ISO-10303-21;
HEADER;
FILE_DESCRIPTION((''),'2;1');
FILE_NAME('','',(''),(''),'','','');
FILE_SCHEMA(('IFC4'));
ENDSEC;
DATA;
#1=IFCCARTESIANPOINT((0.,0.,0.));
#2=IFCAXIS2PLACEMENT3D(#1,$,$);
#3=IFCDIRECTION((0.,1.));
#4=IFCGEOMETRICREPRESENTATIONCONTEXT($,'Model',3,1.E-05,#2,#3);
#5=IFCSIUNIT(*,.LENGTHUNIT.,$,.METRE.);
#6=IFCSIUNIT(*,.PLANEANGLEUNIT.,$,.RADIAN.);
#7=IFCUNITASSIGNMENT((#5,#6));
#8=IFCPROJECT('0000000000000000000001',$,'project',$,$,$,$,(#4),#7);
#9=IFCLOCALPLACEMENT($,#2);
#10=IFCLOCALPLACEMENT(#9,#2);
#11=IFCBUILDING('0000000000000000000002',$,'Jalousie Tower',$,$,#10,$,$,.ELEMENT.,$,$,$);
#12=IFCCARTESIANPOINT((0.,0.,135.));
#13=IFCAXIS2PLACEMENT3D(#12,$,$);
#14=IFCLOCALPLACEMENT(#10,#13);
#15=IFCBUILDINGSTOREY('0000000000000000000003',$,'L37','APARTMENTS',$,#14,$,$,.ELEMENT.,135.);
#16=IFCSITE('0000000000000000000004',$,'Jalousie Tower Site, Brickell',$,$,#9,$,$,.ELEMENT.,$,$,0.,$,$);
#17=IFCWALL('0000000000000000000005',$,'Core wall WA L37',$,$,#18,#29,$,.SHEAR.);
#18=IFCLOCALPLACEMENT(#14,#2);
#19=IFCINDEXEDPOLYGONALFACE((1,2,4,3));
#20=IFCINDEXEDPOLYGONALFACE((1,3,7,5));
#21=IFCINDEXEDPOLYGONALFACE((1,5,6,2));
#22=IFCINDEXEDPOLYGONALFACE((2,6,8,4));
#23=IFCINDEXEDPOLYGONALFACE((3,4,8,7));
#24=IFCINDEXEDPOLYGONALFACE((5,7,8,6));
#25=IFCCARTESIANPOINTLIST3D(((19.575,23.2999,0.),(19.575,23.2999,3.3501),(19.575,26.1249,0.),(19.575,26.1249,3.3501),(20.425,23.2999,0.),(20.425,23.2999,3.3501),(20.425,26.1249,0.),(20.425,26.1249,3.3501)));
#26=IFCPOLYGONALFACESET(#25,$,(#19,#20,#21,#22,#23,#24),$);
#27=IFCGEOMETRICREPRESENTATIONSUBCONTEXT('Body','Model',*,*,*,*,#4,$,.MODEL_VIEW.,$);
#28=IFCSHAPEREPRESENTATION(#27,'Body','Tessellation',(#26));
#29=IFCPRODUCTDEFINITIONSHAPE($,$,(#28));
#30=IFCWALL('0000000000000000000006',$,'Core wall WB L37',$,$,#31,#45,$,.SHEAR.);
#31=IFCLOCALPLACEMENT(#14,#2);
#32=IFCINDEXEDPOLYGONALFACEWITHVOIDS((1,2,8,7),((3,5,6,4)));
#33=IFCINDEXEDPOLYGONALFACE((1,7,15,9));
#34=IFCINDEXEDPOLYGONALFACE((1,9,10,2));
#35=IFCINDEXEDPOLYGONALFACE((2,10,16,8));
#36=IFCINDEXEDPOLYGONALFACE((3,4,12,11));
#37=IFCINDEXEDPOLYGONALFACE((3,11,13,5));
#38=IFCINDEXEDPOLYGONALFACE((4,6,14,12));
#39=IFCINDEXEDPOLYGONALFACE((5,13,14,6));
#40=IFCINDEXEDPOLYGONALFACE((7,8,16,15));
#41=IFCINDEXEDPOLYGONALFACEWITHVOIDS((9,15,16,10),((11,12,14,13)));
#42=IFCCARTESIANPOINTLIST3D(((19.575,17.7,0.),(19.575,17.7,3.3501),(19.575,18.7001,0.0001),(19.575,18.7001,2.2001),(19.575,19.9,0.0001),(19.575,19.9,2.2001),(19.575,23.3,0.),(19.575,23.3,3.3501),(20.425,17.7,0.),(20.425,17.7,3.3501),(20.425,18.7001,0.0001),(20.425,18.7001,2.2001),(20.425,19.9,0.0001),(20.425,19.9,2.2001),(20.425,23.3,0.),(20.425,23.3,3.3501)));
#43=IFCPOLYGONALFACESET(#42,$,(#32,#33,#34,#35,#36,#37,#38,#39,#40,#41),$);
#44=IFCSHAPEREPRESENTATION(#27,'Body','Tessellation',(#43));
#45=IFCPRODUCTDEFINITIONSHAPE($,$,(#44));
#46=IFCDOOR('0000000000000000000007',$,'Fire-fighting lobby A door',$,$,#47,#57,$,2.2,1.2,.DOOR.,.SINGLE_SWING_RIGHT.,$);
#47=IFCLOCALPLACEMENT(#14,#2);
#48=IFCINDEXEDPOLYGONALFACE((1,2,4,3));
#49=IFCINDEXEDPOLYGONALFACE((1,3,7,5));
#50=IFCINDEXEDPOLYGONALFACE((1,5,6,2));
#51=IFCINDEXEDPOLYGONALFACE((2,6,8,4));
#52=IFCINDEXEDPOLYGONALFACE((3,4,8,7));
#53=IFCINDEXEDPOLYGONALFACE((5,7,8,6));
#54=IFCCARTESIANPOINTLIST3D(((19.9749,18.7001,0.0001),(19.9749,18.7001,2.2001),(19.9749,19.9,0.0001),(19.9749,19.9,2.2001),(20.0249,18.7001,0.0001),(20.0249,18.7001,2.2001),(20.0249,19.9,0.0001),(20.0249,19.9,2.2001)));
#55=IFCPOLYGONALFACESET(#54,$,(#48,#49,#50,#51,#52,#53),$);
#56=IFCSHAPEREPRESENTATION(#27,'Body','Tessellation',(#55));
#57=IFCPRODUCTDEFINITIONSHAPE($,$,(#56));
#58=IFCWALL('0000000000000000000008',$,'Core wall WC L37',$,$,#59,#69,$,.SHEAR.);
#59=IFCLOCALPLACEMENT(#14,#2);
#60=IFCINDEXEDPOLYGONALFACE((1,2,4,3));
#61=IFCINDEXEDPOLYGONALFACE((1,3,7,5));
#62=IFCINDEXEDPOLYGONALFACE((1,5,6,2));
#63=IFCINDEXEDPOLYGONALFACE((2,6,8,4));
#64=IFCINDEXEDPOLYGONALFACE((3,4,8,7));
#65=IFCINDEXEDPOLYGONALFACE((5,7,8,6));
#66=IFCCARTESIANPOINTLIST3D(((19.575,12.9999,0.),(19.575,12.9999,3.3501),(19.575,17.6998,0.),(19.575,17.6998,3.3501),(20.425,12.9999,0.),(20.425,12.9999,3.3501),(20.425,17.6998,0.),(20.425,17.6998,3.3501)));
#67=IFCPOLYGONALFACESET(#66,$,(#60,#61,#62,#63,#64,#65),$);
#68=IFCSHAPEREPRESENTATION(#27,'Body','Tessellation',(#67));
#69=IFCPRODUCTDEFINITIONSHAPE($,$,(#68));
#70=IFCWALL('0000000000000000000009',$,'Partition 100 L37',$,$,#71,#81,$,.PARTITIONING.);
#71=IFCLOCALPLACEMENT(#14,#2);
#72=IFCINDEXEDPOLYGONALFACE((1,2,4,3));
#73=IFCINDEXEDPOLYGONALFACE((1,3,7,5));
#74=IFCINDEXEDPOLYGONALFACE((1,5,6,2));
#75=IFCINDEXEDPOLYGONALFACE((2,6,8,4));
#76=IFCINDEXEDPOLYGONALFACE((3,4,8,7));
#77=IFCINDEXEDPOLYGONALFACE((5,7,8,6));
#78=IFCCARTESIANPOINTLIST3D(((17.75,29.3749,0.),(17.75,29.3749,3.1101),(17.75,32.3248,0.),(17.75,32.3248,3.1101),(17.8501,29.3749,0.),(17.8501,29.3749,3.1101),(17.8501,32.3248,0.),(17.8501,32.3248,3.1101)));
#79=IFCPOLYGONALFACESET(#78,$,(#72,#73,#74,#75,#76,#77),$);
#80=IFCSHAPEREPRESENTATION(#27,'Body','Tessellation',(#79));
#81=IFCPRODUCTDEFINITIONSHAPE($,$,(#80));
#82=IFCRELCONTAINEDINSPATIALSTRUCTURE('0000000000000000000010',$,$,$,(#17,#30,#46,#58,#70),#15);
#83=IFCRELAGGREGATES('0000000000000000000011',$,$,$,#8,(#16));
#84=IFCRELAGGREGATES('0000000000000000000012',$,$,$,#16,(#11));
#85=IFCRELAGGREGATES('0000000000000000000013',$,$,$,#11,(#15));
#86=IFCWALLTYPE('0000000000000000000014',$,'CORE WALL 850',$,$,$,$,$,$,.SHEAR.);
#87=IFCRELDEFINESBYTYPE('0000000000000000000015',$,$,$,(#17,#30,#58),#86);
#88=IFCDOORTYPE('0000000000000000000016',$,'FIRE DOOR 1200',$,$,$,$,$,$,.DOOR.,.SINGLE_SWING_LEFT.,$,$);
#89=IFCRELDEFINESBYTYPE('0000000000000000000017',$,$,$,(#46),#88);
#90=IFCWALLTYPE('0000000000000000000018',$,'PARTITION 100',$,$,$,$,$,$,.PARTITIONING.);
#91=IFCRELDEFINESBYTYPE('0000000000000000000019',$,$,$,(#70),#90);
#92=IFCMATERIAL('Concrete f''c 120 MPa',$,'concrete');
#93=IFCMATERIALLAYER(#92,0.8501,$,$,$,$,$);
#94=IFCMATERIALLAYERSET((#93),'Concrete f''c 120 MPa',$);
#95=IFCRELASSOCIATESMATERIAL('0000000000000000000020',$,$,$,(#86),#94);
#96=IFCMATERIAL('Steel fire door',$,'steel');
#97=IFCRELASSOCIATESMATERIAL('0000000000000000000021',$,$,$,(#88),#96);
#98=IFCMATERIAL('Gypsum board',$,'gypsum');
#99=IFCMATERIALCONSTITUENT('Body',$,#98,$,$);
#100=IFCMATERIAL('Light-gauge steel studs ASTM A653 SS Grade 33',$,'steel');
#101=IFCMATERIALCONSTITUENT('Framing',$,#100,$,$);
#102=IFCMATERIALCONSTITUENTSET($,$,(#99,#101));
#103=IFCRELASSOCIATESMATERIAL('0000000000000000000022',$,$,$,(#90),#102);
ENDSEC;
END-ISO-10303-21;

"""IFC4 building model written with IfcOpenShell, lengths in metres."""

from ifc_helpers import new_model, si_unit, direction, frame, frame_2d, origin, place, context, subcontext, project, spatial, rectangle, extrude, material, layer, layer_set, constituent, constituent_set, type_object, element, fill, save


model = new_model("IFC4")

# Units and contexts
model_context = context("Model", 3, precision=1e-05, world=origin(), true_north=direction((0.0, 1.0)))
body_context = subcontext(model_context, "Body", "Model", "MODEL_VIEW")
ifc_project = project(units=[si_unit("LENGTHUNIT", "METRE"), si_unit("PLANEANGLEUNIT", "RADIAN")], contexts=[model_context])

# Site, building, storey
site_placement = place(None, origin())
site = spatial("IfcSite", under=ifc_project, at=site_placement, Name="Jalousie Tower Site, Brickell", CompositionType="ELEMENT", RefElevation=0.0)
building_placement = place(site_placement, origin())
building = spatial("IfcBuilding", under=site, at=building_placement, Name="Jalousie Tower", CompositionType="ELEMENT")
storey_placement = place(building_placement, frame((0.0, 0.0, 135.0)))
storey = spatial("IfcBuildingStorey", under=building, at=storey_placement, Name="L37", Description="APARTMENTS", CompositionType="ELEMENT", Elevation=135.0)

# Wall
ifc_material_1 = material(Name="Concrete f'c 120 MPa", Category="concrete")
ifc_layer_1 = layer(ifc_material_1, 0.8501)
ifc_layer_set_1 = layer_set([ifc_layer_1], Name="Concrete f'c 120 MPa")
wall_type_1 = type_object("IfcWallType", Name="CORE WALL 850", PredefinedType="SHEAR", material=ifc_layer_set_1)
wall_1_placement = place(storey_placement, frame((20.0, 26.125, 0.0), z_axis=(0.0, 0.0, 1.0), x_axis=(0.0, -1.0, 0.0)))
element("IfcWall", 1, at=wall_1_placement, inside=storey, type_object=wall_type_1, Name="Core wall WA L37", PredefinedType="SHEAR", context=body_context, shape_type="SweptSolid", body=[
    extrude(rectangle(XDim=2.825, YDim=0.8501, at=frame_2d((1.4126, 0.0))), origin(), (0.0, 0.0, 1.0), 3.3501),
])

# Wall, opening, door
wall_2_placement = place(storey_placement, frame((20.0, 23.3, 0.0), z_axis=(0.0, 0.0, 1.0), x_axis=(0.0, -1.0, 0.0)))
wall_2 = element("IfcWall", 2, at=wall_2_placement, inside=storey, type_object=wall_type_1, Name="Core wall WB L37", PredefinedType="SHEAR", context=body_context, shape_type="SweptSolid", body=[
    extrude(rectangle(XDim=5.6001, YDim=0.8501, at=frame_2d((2.8, 0.0))), origin(), (0.0, 0.0, 1.0), 3.3501),
])
opening_1_placement = place(wall_2_placement, frame((3.3999, 0.0, 0.0)))
opening_1 = element("IfcOpeningElement", 3, at=opening_1_placement, cuts=wall_2, PredefinedType="OPENING", context=body_context, shape_type="SweptSolid", body=[
    extrude(rectangle(XDim=1.2, YDim=2.2, at=frame_2d((0.6001, 1.1001))), frame((0.0, 0.4351, 0.0), z_axis=(0.0, -1.0, 0.0), x_axis=(1.0, 0.0, 0.0)), (0.0, 0.0, 1.0), 0.8701),
])
ifc_material_2 = material(Name="Steel fire door", Category="steel")
door_type_1 = type_object("IfcDoorType", Name="FIRE DOOR 1200", OperationType="SINGLE_SWING_LEFT", PredefinedType="DOOR", material=ifc_material_2)
door_1_placement = place(opening_1_placement, origin())
door_1 = element("IfcDoor", 4, at=door_1_placement, inside=storey, type_object=door_type_1, Name="Fire-fighting lobby A door", OperationType="SINGLE_SWING_RIGHT", OverallHeight=2.2, OverallWidth=1.2, PredefinedType="DOOR", context=body_context, shape_type="SweptSolid", body=[
    extrude(rectangle(XDim=1.2, YDim=2.2, at=frame_2d((0.6001, 1.1001))), frame((0.0, 0.0249, 0.0), z_axis=(0.0, -1.0, 0.0), x_axis=(1.0, 0.0, 0.0)), (0.0, 0.0, 1.0), 0.05),
])
fill(opening_1, door_1)

# Walls
wall_3_placement = place(storey_placement, frame((20.0, 17.7, 0.0), z_axis=(0.0, 0.0, 1.0), x_axis=(0.0, -1.0, 0.0)))
element("IfcWall", 5, at=wall_3_placement, inside=storey, type_object=wall_type_1, Name="Core wall WC L37", PredefinedType="SHEAR", context=body_context, shape_type="SweptSolid", body=[
    extrude(rectangle(XDim=4.7, YDim=0.8501, at=frame_2d((2.3501, 0.0))), origin(), (0.0, 0.0, 1.0), 3.3501),
])
ifc_material_3 = material(Name="Gypsum board", Category="gypsum")
ifc_constituent_1 = constituent(ifc_material_3, Name="Body")
ifc_material_4 = material(Name="Light-gauge steel studs ASTM A653 SS Grade 33", Category="steel")
ifc_constituent_2 = constituent(ifc_material_4, Name="Framing")
ifc_constituent_set_1 = constituent_set(constituents=[ifc_constituent_1, ifc_constituent_2])
wall_type_2 = type_object("IfcWallType", Name="PARTITION 100", PredefinedType="PARTITIONING", material=ifc_constituent_set_1)
wall_4_placement = place(storey_placement, frame((17.8, 32.325, 0.0), z_axis=(0.0, 0.0, 1.0), x_axis=(0.0, -1.0, 0.0)))
element("IfcWall", 6, at=wall_4_placement, inside=storey, type_object=wall_type_2, Name="Partition 100 L37", PredefinedType="PARTITIONING", context=body_context, shape_type="SweptSolid", body=[
    extrude(rectangle(XDim=2.95, YDim=0.1001, at=frame_2d((1.4751, 0.0))), origin(), (0.0, 0.0, 1.0), 3.1101),
])

save(model, "model.ifc")
